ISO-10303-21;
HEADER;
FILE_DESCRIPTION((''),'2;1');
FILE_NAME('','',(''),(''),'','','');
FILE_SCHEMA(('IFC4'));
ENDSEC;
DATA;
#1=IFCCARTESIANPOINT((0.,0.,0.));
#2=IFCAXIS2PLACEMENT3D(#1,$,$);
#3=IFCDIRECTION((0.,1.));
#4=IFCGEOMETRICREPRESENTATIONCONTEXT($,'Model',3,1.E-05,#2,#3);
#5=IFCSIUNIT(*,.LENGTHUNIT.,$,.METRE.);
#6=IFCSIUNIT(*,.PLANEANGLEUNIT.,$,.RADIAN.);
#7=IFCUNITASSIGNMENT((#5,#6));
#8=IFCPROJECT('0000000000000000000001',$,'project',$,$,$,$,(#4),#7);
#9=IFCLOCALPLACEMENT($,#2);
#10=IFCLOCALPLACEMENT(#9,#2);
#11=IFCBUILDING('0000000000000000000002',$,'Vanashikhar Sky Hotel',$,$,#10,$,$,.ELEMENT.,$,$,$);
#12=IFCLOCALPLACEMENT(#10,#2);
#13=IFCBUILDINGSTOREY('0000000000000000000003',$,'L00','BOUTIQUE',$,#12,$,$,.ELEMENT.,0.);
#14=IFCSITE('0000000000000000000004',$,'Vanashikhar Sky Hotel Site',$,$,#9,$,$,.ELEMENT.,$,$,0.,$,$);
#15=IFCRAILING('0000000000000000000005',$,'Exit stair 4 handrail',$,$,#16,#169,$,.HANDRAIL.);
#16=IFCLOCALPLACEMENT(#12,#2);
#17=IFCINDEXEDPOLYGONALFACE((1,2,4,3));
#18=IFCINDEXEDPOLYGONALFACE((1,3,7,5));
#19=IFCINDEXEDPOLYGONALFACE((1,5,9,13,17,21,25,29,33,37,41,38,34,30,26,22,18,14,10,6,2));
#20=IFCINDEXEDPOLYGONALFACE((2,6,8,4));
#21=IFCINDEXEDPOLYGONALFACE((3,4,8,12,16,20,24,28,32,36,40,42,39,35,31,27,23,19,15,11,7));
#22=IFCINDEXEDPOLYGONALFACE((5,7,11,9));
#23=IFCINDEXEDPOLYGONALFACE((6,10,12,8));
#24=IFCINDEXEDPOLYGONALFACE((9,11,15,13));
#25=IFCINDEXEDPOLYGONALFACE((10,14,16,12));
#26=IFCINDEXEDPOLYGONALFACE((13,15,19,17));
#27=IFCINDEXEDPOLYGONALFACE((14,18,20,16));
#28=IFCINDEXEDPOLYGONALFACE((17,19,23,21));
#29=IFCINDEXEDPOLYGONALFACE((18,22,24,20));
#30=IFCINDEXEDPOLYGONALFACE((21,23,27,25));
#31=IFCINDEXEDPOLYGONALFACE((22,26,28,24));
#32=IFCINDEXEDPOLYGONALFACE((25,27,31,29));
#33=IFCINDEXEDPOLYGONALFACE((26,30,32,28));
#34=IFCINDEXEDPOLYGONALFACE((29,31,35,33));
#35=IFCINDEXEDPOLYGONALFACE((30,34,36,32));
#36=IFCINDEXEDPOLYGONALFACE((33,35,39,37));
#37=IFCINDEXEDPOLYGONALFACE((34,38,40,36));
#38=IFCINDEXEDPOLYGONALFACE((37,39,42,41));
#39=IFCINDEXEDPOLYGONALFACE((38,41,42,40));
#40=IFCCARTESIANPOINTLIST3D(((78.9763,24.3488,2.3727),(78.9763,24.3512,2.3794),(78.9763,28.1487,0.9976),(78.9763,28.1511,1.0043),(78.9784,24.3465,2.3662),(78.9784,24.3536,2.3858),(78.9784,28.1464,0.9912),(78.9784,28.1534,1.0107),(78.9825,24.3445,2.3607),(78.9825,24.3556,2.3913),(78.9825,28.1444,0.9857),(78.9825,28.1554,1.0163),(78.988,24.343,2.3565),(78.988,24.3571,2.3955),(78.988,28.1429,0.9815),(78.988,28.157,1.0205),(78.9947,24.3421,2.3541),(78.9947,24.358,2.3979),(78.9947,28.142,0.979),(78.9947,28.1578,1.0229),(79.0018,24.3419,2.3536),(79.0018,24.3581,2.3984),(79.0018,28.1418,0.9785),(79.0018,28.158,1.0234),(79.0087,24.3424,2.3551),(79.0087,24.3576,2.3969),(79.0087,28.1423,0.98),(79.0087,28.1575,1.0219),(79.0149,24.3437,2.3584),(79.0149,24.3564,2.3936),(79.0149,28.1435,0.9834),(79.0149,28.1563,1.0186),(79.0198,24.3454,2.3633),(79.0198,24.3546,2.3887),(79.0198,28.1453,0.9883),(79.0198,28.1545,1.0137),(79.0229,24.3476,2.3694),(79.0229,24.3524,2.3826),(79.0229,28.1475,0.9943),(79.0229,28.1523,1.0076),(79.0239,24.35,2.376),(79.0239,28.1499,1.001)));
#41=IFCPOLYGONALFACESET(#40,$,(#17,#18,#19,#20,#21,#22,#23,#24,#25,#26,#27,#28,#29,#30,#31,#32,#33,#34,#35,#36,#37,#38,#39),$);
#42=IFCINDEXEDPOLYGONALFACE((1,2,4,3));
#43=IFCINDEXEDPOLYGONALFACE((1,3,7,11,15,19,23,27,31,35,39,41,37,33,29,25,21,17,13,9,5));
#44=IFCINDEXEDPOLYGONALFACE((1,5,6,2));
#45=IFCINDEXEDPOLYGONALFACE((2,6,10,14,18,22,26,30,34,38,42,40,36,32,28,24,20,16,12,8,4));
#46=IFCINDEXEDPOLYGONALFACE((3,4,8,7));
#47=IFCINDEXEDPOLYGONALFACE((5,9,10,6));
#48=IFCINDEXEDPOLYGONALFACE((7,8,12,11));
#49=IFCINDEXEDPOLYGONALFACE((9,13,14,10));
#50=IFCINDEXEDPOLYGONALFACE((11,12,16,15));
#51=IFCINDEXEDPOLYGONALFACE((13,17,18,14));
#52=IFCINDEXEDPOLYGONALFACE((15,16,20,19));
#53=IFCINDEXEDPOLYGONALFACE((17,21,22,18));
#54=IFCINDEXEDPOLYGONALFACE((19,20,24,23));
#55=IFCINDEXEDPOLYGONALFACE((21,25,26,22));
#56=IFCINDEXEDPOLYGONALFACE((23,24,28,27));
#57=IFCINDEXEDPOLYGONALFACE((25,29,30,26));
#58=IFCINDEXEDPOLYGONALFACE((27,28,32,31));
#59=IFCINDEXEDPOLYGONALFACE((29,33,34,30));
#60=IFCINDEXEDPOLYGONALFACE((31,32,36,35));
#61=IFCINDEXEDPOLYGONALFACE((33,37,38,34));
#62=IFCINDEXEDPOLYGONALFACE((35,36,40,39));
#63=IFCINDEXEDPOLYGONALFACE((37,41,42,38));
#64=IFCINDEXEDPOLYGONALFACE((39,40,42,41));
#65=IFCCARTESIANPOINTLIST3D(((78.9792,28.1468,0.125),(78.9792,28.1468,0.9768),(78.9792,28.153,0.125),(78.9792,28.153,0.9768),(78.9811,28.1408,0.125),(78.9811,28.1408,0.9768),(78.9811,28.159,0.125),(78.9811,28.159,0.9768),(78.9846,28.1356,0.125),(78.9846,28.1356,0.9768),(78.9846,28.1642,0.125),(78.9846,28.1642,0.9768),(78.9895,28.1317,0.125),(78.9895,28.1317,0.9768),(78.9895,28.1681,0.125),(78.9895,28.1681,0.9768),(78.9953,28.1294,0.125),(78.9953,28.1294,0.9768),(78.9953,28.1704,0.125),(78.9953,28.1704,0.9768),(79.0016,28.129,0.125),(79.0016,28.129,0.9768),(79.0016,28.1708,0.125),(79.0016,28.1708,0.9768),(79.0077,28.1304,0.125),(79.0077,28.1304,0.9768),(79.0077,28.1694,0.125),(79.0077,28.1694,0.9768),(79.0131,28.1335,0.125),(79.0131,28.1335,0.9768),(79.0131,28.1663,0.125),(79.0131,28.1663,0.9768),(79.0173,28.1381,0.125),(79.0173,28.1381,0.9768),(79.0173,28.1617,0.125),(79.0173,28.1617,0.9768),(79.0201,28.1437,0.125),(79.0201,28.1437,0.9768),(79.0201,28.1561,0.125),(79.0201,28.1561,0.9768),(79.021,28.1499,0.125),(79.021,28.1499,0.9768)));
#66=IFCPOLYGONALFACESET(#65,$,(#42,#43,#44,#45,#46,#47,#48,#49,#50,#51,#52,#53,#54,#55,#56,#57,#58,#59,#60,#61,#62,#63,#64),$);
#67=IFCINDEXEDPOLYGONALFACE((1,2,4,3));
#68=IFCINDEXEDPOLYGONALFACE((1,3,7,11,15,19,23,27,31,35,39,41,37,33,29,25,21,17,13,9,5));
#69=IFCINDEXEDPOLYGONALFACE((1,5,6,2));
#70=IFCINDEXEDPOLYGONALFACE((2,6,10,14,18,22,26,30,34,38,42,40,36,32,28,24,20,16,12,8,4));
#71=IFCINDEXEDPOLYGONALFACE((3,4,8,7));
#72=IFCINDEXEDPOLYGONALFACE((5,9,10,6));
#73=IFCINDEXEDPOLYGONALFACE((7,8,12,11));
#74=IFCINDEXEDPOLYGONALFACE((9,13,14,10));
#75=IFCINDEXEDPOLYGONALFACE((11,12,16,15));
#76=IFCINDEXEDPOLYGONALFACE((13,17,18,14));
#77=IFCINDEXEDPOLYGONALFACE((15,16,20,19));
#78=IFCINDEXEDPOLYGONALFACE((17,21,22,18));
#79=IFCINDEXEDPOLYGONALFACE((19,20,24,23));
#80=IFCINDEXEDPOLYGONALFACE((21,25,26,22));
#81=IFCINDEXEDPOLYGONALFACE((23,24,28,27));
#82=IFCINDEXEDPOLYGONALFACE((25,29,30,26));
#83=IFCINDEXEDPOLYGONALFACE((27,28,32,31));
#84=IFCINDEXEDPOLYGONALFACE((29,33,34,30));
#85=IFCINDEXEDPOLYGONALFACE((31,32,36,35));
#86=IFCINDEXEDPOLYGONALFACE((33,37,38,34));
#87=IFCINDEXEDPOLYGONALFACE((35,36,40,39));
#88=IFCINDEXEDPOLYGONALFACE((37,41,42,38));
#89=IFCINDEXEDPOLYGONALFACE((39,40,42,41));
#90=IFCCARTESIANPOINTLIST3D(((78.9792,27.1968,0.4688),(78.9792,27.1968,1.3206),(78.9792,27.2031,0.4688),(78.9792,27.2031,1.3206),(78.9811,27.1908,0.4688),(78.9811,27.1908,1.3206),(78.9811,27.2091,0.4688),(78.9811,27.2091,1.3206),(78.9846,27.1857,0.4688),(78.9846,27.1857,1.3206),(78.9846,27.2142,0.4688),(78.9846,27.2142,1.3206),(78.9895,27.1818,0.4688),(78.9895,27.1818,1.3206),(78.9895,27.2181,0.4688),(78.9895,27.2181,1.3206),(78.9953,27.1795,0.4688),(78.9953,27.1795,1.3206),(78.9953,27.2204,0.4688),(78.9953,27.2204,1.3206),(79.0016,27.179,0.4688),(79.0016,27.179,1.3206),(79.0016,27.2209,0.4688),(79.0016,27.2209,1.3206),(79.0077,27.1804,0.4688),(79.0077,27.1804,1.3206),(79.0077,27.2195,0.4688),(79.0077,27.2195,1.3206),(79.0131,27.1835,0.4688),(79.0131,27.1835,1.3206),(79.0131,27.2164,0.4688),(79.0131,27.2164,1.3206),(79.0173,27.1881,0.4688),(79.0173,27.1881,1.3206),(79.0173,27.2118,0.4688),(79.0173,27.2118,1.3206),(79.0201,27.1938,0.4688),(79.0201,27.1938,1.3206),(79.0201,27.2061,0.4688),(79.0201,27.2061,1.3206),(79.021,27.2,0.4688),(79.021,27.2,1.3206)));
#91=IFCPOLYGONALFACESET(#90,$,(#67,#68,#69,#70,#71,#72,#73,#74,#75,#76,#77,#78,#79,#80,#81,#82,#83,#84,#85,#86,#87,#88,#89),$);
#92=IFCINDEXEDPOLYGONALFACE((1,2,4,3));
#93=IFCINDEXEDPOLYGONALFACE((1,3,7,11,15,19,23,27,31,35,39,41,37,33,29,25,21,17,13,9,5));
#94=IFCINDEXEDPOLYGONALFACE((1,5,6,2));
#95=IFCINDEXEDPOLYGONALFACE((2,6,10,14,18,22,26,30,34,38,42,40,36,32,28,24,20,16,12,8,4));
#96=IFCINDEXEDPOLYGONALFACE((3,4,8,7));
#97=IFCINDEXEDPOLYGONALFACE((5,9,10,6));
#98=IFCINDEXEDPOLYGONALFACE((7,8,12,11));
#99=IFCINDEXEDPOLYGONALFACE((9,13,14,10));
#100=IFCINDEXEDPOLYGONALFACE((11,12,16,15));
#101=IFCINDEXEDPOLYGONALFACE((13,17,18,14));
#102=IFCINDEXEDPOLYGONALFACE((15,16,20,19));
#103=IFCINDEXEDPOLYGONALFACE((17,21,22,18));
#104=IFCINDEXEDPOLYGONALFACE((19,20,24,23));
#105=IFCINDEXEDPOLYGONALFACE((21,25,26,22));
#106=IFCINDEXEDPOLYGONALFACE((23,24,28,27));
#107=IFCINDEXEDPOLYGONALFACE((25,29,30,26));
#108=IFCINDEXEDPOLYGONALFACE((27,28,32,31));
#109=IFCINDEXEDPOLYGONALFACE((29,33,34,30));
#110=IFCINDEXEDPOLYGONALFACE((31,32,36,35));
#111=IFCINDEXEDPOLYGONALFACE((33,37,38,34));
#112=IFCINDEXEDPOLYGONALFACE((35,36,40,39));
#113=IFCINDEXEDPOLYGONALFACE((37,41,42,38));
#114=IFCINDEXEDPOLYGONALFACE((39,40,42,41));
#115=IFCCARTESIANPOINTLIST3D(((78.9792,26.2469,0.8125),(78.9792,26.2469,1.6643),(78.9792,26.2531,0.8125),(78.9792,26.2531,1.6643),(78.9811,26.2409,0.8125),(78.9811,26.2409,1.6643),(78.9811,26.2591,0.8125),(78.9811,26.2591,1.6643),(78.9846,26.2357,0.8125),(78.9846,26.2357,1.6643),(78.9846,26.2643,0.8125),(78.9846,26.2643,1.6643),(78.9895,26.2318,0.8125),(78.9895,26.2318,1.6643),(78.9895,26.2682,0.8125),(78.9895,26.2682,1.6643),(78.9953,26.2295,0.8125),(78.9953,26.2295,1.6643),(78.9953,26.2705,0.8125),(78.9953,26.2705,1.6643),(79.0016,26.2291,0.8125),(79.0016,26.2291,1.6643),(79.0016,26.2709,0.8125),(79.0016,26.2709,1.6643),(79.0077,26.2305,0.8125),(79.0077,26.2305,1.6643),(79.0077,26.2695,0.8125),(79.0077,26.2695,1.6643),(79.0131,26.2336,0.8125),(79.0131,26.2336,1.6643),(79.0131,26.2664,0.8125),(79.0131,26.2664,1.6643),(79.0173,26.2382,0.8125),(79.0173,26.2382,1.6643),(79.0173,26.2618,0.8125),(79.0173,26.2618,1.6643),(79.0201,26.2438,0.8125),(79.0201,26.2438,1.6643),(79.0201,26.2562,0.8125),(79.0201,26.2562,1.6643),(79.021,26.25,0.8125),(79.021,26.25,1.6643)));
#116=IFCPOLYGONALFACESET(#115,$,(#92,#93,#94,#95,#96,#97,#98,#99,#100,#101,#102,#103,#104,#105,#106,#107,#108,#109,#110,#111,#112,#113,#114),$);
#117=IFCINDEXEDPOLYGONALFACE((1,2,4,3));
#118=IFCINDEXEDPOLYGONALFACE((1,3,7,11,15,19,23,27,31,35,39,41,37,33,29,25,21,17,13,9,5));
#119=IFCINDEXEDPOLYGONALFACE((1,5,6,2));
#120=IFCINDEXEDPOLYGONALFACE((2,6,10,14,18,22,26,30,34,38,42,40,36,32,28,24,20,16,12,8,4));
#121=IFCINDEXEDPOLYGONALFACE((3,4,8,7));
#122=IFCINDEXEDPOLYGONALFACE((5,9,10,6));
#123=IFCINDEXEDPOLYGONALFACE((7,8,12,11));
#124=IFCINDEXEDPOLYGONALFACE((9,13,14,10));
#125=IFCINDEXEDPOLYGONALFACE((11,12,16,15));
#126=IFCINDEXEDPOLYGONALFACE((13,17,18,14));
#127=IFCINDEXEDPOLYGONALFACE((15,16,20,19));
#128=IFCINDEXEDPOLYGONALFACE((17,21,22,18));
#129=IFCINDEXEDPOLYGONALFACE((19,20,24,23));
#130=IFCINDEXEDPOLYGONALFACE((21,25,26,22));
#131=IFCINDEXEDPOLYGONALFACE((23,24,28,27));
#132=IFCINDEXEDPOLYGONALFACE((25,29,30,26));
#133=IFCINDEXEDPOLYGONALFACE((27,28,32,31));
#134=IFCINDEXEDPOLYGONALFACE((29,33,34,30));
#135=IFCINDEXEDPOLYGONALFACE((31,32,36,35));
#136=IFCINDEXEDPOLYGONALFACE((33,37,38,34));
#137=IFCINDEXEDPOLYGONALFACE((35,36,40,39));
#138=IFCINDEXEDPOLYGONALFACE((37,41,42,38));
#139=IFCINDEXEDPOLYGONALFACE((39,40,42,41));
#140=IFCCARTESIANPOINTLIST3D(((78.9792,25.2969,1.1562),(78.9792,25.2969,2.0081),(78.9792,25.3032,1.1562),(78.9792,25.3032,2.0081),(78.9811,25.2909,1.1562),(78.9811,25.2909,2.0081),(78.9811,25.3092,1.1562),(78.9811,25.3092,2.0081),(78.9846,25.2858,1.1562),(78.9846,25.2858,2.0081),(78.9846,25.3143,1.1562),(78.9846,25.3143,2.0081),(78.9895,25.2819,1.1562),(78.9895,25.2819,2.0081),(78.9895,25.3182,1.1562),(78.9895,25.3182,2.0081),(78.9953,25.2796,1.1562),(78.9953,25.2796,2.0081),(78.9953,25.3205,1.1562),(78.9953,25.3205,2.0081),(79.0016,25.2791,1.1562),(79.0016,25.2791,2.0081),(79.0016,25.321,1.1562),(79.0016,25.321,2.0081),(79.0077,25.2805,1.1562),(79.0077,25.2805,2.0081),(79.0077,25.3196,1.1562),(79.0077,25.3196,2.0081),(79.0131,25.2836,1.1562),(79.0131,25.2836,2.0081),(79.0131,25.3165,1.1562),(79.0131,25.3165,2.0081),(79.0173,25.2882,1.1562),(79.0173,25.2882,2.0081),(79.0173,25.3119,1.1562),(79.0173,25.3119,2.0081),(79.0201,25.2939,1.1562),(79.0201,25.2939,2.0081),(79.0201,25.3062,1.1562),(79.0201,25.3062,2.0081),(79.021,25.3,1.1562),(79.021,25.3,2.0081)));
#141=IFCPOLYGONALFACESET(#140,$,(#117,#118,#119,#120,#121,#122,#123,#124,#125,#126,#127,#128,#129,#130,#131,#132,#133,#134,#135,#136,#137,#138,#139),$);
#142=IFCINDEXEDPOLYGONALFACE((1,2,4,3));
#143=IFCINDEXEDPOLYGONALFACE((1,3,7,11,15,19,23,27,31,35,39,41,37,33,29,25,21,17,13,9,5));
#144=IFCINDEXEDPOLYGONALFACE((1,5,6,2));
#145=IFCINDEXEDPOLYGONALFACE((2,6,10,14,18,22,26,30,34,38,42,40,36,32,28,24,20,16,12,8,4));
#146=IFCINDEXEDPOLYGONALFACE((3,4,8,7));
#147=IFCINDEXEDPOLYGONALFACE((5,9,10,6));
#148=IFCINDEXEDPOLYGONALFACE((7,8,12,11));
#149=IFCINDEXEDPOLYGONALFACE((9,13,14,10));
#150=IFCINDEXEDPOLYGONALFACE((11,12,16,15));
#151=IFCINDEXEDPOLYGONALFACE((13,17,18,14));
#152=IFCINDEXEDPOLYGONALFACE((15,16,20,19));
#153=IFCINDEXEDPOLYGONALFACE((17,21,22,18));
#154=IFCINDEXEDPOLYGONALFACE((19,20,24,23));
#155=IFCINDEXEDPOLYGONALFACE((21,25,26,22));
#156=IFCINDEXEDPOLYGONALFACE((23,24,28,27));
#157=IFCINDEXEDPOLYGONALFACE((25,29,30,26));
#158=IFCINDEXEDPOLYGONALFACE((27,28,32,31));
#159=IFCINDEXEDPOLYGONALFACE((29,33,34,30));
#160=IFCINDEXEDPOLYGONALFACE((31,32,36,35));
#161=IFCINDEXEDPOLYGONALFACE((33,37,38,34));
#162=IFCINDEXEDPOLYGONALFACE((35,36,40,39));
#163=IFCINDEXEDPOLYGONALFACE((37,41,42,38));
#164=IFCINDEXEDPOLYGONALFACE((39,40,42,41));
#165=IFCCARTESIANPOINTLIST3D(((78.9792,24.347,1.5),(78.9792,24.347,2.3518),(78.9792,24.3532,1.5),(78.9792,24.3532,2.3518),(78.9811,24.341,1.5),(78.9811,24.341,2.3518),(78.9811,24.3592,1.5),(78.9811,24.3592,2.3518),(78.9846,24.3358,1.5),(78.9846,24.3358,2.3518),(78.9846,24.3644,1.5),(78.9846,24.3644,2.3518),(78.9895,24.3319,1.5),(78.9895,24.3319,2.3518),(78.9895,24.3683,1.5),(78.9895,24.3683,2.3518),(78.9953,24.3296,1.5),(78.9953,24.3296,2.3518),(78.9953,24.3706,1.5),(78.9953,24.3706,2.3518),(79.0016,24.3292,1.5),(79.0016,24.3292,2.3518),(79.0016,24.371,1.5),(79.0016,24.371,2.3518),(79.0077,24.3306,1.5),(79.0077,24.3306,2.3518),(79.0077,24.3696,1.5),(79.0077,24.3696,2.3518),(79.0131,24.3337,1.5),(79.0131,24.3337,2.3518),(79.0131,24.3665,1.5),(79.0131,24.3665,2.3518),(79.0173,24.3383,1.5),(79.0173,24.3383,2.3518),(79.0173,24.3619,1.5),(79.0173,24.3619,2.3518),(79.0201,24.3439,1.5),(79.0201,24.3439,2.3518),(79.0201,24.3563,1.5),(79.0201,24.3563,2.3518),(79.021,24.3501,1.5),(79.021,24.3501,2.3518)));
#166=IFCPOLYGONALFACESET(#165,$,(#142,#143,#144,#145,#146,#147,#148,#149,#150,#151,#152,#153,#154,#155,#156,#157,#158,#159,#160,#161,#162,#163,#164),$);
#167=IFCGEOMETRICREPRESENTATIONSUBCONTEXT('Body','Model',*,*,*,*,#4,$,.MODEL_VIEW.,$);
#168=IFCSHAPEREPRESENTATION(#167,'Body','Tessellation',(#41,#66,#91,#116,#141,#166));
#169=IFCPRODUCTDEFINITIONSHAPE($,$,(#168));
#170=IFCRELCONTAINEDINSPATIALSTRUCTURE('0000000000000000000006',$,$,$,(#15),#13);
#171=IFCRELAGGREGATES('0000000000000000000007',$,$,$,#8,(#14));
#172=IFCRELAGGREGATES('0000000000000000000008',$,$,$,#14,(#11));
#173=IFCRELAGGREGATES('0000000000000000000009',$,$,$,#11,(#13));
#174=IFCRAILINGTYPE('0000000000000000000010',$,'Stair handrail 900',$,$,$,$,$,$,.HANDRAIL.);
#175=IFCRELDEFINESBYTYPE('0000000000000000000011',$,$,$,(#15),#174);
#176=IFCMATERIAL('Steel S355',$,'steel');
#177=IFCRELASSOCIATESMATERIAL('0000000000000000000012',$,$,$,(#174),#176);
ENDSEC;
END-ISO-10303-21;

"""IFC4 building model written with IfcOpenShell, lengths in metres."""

from ifc_helpers import new_model, si_unit, direction, frame, origin, origin_2d, place, context, subcontext, project, spatial, circle, extrude, source, transform, mapped, material, type_object, element, save


model = new_model("IFC4")

# Units and contexts
model_context = context("Model", 3, precision=1e-05, world=origin(), true_north=direction((0.0, 1.0)))
body_context = subcontext(model_context, "Body", "Model", "MODEL_VIEW")
ifc_project = project(units=[si_unit("LENGTHUNIT", "METRE"), si_unit("PLANEANGLEUNIT", "RADIAN")], contexts=[model_context])

# Site, building, storey
site_placement = place(None, origin())
site = spatial("IfcSite", under=ifc_project, at=site_placement, Name="Vanashikhar Sky Hotel Site", CompositionType="ELEMENT", RefElevation=0.0)
building_placement = place(site_placement, origin())
building = spatial("IfcBuilding", under=site, at=building_placement, Name="Vanashikhar Sky Hotel", CompositionType="ELEMENT")
storey_placement = place(building_placement, origin())
storey = spatial("IfcBuildingStorey", under=building, at=storey_placement, Name="L00", Description="BOUTIQUE", CompositionType="ELEMENT", Elevation=0.0)

# Railing
ifc_material_1 = material(Name="Steel S355", Category="steel")
railing_type_1 = type_object("IfcRailingType", Name="Stair handrail 900", PredefinedType="HANDRAIL", material=ifc_material_1)
shared_shape_1 = source(origin(), body_context, "Body", "SweptSolid", [
    extrude(circle(Radius=0.0239, at=origin_2d()), frame((0.0, 0.0, 0.876), z_axis=(0.0, -0.940329, 0.340268), x_axis=(1.0, 0.0, 0.0)), (0.0, 0.0, 1.0), 4.041),
    extrude(circle(Radius=0.021, at=origin_2d()), origin(), (0.0, 0.0, 1.0), 0.8518),
    extrude(circle(Radius=0.021, at=origin_2d()), frame((0.0, -0.95, 0.3438)), (0.0, 0.0, 1.0), 0.8518),
    extrude(circle(Radius=0.021, at=origin_2d()), frame((0.0, -1.8999, 0.6875)), (0.0, 0.0, 1.0), 0.8518),
    extrude(circle(Radius=0.021, at=origin_2d()), frame((0.0, -2.8499, 1.0312)), (0.0, 0.0, 1.0), 0.8518),
    extrude(circle(Radius=0.021, at=origin_2d()), frame((0.0, -3.7998, 1.375)), (0.0, 0.0, 1.0), 0.8518),
])
for number, where, name in (
    (1, (79.0, 28.1499, 0.125), "Exit stair 4 handrail"),
):
    element("IfcRailing", number, at=place(storey_placement, frame(where)), inside=storey, type_object=railing_type_1, Name=name, PredefinedType="HANDRAIL", context=body_context, shape_type="MappedRepresentation", body=[
        mapped(shared_shape_1, transform((0.0, 0.0, 0.0), scale=1.0)),
    ])

save(model, "model.ifc")
